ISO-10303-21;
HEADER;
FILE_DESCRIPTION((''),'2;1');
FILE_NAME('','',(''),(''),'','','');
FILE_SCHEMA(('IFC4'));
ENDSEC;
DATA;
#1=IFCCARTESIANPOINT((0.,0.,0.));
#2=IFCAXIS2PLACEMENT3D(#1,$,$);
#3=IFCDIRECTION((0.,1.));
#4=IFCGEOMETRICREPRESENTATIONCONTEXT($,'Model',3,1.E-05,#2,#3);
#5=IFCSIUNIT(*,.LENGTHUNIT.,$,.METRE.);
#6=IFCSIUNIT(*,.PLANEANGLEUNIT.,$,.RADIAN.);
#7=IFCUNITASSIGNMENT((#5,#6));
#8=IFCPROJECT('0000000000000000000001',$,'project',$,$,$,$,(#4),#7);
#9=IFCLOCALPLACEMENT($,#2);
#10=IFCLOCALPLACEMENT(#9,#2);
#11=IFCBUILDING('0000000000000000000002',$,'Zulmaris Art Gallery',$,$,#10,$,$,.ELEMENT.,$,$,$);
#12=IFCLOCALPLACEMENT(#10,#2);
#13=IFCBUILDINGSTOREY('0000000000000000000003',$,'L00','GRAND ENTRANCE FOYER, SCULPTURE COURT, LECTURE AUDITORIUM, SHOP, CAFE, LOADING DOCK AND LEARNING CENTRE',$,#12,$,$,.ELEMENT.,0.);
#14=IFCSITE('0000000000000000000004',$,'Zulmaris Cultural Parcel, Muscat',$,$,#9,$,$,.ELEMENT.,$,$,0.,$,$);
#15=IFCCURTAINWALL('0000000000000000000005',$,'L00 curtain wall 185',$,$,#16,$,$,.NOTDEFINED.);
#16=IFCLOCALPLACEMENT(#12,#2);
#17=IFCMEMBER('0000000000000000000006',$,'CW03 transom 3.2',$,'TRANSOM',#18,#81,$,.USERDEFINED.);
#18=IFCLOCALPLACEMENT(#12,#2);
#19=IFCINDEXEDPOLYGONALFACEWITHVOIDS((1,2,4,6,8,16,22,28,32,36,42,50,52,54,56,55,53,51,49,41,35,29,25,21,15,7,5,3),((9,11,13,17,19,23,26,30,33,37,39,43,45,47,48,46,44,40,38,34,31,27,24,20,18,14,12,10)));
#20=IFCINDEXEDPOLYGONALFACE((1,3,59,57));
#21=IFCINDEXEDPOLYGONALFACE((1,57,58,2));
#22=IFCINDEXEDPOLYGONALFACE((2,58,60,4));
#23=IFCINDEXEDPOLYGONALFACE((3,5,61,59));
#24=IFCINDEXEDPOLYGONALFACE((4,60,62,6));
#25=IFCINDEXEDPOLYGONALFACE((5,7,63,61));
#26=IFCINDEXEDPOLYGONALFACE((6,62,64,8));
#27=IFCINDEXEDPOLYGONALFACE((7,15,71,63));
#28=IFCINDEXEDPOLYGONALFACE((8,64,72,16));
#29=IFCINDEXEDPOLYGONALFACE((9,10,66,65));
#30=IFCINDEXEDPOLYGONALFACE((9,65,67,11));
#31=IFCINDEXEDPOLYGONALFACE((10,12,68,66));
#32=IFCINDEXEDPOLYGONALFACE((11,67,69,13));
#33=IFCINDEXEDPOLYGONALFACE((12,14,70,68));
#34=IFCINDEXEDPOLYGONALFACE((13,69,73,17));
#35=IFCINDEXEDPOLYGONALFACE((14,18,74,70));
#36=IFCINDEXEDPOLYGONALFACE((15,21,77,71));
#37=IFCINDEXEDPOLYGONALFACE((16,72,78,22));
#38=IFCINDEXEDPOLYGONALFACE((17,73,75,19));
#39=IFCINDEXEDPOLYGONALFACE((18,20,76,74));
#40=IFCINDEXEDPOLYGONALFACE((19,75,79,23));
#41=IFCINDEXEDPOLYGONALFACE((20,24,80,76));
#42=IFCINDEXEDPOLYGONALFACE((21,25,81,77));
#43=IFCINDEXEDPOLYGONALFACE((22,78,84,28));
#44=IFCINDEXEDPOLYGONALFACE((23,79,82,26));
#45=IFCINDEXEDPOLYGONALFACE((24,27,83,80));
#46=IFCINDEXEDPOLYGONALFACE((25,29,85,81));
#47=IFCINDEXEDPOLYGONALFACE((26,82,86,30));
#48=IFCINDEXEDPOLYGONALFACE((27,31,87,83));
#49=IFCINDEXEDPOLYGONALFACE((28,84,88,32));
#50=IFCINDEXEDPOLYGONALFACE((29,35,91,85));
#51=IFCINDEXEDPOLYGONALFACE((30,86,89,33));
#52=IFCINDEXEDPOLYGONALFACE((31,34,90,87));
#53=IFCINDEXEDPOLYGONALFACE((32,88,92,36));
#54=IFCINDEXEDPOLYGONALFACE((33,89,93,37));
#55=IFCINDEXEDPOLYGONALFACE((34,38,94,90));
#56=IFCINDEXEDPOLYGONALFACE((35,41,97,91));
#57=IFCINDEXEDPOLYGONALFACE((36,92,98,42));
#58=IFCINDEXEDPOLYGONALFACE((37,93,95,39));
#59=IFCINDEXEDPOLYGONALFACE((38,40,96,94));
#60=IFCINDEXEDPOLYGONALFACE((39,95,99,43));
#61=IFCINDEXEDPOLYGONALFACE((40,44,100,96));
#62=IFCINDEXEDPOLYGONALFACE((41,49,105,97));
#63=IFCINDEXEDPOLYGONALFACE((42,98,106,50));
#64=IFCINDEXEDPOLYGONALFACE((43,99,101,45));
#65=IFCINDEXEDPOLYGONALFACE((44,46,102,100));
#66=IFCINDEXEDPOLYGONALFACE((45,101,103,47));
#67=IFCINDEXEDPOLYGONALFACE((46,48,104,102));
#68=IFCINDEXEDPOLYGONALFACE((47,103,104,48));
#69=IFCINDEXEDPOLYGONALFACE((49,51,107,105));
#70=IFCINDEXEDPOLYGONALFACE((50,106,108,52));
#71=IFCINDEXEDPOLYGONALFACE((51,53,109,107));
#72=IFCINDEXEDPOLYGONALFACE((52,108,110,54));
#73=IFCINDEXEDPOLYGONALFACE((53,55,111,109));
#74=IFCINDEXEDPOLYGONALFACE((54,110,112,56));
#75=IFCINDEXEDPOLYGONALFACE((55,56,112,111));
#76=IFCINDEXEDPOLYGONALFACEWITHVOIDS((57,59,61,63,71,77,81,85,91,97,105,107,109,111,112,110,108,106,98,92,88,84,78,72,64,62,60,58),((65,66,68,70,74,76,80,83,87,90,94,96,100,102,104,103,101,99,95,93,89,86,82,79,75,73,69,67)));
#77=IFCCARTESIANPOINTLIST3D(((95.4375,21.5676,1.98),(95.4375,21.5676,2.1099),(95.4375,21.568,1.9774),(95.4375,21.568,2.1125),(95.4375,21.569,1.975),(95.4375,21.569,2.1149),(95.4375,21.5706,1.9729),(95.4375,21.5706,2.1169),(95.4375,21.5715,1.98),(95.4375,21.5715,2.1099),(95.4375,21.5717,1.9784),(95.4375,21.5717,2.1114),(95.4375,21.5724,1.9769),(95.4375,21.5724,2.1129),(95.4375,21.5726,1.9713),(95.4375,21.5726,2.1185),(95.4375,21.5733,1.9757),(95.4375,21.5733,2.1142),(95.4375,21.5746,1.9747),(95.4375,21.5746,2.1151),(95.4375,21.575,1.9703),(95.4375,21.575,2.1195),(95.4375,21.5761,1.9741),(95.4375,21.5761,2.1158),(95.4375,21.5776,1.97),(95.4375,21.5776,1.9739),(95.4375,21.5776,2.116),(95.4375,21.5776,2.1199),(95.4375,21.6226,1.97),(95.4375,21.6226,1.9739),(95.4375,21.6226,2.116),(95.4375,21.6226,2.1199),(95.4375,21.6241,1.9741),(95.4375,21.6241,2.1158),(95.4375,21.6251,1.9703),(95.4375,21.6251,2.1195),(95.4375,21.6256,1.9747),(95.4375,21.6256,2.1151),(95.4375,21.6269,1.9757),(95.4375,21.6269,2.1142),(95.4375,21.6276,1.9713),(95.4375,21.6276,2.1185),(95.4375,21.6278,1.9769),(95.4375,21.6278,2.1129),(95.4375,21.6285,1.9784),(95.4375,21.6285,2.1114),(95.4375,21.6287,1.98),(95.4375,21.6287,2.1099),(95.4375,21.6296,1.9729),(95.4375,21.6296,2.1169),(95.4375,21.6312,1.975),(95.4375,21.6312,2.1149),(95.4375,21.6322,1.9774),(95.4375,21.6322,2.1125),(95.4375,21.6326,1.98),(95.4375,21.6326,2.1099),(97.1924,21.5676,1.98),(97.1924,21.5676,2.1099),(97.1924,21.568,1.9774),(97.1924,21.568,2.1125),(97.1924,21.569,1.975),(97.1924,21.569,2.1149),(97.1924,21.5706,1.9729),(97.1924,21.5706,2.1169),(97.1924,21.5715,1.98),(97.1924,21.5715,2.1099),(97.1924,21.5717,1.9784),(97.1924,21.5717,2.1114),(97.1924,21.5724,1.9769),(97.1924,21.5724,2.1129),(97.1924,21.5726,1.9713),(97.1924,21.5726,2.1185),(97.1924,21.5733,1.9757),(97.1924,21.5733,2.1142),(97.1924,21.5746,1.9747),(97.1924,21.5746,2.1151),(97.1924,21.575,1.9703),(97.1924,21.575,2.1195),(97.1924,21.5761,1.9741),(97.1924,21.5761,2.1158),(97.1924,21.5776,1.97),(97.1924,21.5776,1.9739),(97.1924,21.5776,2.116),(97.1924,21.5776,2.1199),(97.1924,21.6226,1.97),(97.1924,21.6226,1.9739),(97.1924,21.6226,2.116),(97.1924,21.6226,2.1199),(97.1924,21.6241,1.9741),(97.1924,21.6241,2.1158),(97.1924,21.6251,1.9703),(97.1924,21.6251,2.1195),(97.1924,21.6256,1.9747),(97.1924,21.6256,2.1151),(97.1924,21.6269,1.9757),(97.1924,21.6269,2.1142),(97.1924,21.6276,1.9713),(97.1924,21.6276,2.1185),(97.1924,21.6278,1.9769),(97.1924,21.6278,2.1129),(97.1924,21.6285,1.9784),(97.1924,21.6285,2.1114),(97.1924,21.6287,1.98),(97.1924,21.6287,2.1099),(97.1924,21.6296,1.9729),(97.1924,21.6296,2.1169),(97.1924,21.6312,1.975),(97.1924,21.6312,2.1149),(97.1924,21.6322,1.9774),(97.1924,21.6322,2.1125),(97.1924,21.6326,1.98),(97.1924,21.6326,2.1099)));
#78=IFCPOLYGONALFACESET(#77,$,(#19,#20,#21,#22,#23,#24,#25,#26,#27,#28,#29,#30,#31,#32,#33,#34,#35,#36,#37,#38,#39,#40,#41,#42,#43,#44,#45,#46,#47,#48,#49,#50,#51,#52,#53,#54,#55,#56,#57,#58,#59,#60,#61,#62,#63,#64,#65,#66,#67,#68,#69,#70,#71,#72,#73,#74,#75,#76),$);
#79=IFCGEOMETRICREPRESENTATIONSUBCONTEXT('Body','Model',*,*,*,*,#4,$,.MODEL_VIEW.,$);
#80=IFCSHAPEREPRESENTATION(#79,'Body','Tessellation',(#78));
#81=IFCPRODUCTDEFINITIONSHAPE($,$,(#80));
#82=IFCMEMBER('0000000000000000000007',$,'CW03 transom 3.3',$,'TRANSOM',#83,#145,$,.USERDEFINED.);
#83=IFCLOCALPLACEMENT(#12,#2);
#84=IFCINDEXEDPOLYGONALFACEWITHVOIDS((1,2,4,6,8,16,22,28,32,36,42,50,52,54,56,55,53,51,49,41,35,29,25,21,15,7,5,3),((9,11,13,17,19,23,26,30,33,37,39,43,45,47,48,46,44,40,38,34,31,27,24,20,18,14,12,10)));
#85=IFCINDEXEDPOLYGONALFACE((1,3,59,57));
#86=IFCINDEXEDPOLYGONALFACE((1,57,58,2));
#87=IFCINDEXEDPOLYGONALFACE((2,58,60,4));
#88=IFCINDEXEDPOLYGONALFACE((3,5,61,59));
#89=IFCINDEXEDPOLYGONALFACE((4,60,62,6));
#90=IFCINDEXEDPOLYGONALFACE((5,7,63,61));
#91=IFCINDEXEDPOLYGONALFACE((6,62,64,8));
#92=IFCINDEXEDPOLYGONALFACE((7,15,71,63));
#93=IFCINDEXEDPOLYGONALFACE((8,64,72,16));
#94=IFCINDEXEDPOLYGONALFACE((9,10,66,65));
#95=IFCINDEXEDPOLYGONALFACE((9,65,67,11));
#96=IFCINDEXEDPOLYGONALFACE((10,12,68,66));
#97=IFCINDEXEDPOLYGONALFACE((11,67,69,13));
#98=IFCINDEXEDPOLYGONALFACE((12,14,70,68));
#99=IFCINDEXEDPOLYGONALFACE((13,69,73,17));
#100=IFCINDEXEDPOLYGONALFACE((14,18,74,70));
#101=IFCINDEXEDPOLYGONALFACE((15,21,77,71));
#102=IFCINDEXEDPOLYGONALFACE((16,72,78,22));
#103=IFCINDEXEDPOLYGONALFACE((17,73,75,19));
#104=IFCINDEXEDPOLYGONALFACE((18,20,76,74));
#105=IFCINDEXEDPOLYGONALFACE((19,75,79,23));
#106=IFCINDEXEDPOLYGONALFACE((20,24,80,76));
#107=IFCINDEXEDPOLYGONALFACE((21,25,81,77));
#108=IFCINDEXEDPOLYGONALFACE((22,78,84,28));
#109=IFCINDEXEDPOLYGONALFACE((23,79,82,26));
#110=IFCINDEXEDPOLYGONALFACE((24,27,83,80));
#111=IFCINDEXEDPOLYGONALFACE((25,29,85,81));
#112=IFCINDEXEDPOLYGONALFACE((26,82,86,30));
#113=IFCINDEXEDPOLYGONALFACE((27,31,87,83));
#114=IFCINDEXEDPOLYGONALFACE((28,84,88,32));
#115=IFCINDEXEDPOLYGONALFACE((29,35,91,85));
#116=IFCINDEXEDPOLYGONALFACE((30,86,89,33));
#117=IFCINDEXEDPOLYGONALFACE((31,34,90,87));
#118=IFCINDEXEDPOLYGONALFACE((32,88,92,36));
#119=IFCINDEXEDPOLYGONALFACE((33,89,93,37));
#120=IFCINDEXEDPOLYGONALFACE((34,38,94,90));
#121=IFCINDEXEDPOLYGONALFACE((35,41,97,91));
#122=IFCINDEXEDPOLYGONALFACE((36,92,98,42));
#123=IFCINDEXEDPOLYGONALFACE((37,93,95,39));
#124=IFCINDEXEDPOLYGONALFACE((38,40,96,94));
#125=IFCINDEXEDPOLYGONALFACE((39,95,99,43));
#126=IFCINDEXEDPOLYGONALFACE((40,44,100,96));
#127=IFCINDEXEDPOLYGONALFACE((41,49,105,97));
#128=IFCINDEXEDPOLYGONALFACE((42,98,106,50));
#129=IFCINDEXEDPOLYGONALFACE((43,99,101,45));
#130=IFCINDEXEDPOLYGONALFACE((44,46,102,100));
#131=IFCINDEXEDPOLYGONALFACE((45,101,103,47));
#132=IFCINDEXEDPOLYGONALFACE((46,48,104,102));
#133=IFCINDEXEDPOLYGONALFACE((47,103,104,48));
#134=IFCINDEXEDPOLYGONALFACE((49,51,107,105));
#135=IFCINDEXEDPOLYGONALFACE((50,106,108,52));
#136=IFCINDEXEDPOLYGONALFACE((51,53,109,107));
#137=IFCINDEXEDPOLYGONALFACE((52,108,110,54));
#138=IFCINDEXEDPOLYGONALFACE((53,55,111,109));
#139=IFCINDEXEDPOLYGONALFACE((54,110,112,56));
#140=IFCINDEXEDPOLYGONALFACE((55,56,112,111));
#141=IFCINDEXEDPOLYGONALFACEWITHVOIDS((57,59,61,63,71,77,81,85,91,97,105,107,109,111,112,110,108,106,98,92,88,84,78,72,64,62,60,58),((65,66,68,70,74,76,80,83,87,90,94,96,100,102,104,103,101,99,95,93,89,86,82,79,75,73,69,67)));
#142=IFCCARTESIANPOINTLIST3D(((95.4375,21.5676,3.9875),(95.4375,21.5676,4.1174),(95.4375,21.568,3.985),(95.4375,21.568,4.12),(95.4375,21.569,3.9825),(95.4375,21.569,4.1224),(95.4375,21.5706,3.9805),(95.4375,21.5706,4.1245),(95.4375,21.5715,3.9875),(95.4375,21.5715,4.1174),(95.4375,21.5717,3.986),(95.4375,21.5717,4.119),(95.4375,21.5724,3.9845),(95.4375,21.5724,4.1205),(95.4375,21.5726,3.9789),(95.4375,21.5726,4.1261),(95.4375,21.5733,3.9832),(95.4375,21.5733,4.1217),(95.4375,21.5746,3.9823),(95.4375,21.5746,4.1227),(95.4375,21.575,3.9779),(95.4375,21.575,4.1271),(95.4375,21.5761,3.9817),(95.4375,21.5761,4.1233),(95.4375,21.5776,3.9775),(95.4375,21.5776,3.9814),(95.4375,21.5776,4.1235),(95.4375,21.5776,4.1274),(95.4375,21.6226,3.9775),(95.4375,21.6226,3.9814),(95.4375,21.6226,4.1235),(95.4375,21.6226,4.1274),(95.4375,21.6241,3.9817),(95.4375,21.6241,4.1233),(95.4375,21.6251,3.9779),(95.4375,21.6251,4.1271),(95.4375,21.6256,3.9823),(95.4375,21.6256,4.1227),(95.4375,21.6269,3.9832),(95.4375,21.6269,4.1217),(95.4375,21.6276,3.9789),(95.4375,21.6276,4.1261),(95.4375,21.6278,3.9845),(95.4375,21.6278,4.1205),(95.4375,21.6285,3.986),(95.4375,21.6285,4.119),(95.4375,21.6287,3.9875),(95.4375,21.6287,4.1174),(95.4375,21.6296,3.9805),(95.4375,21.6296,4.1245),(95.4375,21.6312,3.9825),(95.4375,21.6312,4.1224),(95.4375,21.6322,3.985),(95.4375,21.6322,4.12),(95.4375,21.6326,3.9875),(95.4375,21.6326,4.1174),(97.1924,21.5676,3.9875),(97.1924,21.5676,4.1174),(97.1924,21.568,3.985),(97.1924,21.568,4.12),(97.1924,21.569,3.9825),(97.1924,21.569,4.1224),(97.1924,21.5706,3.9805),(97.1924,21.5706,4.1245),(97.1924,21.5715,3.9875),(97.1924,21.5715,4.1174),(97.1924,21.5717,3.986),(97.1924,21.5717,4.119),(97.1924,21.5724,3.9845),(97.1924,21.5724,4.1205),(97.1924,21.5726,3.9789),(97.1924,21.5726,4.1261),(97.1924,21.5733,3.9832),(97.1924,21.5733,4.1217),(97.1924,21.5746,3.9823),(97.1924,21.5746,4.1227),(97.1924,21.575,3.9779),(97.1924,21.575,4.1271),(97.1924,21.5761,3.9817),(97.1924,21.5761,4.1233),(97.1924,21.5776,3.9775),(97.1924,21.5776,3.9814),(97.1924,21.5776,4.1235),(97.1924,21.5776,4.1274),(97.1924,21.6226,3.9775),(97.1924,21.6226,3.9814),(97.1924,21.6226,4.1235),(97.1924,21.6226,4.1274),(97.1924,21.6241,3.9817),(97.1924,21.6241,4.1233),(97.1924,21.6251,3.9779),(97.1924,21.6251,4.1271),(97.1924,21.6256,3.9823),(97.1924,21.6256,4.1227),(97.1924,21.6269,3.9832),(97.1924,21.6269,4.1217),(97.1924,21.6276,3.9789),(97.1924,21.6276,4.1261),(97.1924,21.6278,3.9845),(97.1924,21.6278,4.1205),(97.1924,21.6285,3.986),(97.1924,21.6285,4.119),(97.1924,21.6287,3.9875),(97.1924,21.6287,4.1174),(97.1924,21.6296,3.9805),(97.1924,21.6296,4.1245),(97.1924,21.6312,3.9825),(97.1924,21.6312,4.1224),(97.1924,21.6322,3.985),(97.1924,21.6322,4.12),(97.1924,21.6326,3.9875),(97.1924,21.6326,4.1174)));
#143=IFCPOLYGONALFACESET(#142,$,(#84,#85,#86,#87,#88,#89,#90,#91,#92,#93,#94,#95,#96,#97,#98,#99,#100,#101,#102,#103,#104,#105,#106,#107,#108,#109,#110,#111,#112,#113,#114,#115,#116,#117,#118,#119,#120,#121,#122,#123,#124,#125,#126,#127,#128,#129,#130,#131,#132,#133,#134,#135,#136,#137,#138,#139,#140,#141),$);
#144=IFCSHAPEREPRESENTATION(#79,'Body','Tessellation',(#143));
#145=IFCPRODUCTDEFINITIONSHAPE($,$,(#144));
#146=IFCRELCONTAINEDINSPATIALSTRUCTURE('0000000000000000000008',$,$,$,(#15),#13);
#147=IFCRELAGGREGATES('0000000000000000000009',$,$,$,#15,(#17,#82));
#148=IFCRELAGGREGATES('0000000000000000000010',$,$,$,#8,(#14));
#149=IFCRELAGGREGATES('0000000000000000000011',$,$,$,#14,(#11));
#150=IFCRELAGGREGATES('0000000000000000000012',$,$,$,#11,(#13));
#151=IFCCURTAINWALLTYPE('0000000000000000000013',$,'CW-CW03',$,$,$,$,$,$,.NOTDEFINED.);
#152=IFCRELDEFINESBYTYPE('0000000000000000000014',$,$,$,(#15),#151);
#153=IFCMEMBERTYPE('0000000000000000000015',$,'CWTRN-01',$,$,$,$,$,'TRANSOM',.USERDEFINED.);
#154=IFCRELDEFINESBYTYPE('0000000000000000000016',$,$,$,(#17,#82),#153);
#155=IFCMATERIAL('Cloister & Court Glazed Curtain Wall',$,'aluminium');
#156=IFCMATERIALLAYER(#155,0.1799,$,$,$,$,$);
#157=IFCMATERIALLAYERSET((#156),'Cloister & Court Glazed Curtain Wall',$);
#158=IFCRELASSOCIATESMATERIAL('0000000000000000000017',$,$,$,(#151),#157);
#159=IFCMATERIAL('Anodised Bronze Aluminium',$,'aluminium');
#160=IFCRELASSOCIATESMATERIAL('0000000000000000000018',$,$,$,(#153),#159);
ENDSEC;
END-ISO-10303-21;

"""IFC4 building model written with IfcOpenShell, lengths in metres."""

from ifc_helpers import new_model, si_unit, direction, frame, origin, origin_2d, place, context, subcontext, project, spatial, hollow_rectangle, extrude, material, layer, layer_set, material_profile, profile_set, type_object, element, aggregate, save


model = new_model("IFC4")

# Units and contexts
model_context = context("Model", 3, precision=1e-05, world=origin(), true_north=direction((0.0, 1.0)))
body_context = subcontext(model_context, "Body", "Model", "MODEL_VIEW")
ifc_project = project(units=[si_unit("LENGTHUNIT", "METRE"), si_unit("PLANEANGLEUNIT", "RADIAN")], contexts=[model_context])

# Site, building, storey
site_placement = place(None, origin())
site = spatial("IfcSite", under=ifc_project, at=site_placement, Name="Zulmaris Cultural Parcel, Muscat", CompositionType="ELEMENT", RefElevation=0.0)
building_placement = place(site_placement, origin())
building = spatial("IfcBuilding", under=site, at=building_placement, Name="Zulmaris Art Gallery", CompositionType="ELEMENT")
storey_placement = place(building_placement, origin())
storey = spatial("IfcBuildingStorey", under=building, at=storey_placement, Name="L00", Description="GRAND ENTRANCE FOYER, SCULPTURE COURT, LECTURE AUDITORIUM, SHOP, CAFE, LOADING DOCK AND LEARNING CENTRE", CompositionType="ELEMENT", Elevation=0.0)

# Curtain wall, members
ifc_material_1 = material(Name="Cloister & Court Glazed Curtain Wall", Category="aluminium")
ifc_layer_1 = layer(ifc_material_1, 0.1799)
ifc_layer_set_1 = layer_set([ifc_layer_1], Name="Cloister & Court Glazed Curtain Wall")
curtain_wall_type = type_object("IfcCurtainWallType", Name="CW-CW03", PredefinedType="NOTDEFINED", material=ifc_layer_set_1)
ifc_material_2 = material(Name="Anodised Bronze Aluminium", Category="aluminium")
curtain_wall_1_placement = place(storey_placement, origin())
curtain_wall_1 = element("IfcCurtainWall", 1, at=curtain_wall_1_placement, inside=storey, type_object=curtain_wall_type, Name="L00 curtain wall 185", PredefinedType="NOTDEFINED")
ifc_material_profile_1 = material_profile(ifc_material_2, hollow_rectangle(XDim=0.0649, YDim=0.1499, WallThickness=0.0039, InnerFilletRadius=0.0061, OuterFilletRadius=0.01, at=origin_2d()), Name="ALU 65x150x4")
ifc_profile_set_1 = profile_set([ifc_material_profile_1], Name="Anodised Bronze Aluminium")
member_type_1 = type_object("IfcMemberType", Name="CWTRN-01", ElementType="TRANSOM", PredefinedType="USERDEFINED", material=ifc_profile_set_1)
member_1_placement = place(storey_placement, frame((95.4375, 21.6001, 2.0449), z_axis=(1.0, 0.0, 0.0), x_axis=(0.0, 1.0, 0.0)))
member_1 = element("IfcMember", 2, at=member_1_placement, type_object=member_type_1, Name="CW03 transom 3.2", ObjectType="TRANSOM", PredefinedType="USERDEFINED", context=body_context, shape_type="SweptSolid", body=[
    extrude(hollow_rectangle(XDim=0.0649, YDim=0.1499, WallThickness=0.0039, InnerFilletRadius=0.0061, OuterFilletRadius=0.01, at=origin_2d()), origin(), (0.0, 0.0, 1.0), 1.7549),
])
member_2_placement = place(storey_placement, frame((95.4375, 21.6001, 4.0525), z_axis=(1.0, 0.0, 0.0), x_axis=(0.0, 1.0, 0.0)))
member_2 = element("IfcMember", 3, at=member_2_placement, type_object=member_type_1, Name="CW03 transom 3.3", ObjectType="TRANSOM", PredefinedType="USERDEFINED", context=body_context, shape_type="SweptSolid", body=[
    extrude(hollow_rectangle(XDim=0.0649, YDim=0.1499, WallThickness=0.0039, InnerFilletRadius=0.0061, OuterFilletRadius=0.01, at=origin_2d()), origin(), (0.0, 0.0, 1.0), 1.7549),
])

aggregate(curtain_wall_1, [member_1, member_2])

save(model, "model.ifc")
